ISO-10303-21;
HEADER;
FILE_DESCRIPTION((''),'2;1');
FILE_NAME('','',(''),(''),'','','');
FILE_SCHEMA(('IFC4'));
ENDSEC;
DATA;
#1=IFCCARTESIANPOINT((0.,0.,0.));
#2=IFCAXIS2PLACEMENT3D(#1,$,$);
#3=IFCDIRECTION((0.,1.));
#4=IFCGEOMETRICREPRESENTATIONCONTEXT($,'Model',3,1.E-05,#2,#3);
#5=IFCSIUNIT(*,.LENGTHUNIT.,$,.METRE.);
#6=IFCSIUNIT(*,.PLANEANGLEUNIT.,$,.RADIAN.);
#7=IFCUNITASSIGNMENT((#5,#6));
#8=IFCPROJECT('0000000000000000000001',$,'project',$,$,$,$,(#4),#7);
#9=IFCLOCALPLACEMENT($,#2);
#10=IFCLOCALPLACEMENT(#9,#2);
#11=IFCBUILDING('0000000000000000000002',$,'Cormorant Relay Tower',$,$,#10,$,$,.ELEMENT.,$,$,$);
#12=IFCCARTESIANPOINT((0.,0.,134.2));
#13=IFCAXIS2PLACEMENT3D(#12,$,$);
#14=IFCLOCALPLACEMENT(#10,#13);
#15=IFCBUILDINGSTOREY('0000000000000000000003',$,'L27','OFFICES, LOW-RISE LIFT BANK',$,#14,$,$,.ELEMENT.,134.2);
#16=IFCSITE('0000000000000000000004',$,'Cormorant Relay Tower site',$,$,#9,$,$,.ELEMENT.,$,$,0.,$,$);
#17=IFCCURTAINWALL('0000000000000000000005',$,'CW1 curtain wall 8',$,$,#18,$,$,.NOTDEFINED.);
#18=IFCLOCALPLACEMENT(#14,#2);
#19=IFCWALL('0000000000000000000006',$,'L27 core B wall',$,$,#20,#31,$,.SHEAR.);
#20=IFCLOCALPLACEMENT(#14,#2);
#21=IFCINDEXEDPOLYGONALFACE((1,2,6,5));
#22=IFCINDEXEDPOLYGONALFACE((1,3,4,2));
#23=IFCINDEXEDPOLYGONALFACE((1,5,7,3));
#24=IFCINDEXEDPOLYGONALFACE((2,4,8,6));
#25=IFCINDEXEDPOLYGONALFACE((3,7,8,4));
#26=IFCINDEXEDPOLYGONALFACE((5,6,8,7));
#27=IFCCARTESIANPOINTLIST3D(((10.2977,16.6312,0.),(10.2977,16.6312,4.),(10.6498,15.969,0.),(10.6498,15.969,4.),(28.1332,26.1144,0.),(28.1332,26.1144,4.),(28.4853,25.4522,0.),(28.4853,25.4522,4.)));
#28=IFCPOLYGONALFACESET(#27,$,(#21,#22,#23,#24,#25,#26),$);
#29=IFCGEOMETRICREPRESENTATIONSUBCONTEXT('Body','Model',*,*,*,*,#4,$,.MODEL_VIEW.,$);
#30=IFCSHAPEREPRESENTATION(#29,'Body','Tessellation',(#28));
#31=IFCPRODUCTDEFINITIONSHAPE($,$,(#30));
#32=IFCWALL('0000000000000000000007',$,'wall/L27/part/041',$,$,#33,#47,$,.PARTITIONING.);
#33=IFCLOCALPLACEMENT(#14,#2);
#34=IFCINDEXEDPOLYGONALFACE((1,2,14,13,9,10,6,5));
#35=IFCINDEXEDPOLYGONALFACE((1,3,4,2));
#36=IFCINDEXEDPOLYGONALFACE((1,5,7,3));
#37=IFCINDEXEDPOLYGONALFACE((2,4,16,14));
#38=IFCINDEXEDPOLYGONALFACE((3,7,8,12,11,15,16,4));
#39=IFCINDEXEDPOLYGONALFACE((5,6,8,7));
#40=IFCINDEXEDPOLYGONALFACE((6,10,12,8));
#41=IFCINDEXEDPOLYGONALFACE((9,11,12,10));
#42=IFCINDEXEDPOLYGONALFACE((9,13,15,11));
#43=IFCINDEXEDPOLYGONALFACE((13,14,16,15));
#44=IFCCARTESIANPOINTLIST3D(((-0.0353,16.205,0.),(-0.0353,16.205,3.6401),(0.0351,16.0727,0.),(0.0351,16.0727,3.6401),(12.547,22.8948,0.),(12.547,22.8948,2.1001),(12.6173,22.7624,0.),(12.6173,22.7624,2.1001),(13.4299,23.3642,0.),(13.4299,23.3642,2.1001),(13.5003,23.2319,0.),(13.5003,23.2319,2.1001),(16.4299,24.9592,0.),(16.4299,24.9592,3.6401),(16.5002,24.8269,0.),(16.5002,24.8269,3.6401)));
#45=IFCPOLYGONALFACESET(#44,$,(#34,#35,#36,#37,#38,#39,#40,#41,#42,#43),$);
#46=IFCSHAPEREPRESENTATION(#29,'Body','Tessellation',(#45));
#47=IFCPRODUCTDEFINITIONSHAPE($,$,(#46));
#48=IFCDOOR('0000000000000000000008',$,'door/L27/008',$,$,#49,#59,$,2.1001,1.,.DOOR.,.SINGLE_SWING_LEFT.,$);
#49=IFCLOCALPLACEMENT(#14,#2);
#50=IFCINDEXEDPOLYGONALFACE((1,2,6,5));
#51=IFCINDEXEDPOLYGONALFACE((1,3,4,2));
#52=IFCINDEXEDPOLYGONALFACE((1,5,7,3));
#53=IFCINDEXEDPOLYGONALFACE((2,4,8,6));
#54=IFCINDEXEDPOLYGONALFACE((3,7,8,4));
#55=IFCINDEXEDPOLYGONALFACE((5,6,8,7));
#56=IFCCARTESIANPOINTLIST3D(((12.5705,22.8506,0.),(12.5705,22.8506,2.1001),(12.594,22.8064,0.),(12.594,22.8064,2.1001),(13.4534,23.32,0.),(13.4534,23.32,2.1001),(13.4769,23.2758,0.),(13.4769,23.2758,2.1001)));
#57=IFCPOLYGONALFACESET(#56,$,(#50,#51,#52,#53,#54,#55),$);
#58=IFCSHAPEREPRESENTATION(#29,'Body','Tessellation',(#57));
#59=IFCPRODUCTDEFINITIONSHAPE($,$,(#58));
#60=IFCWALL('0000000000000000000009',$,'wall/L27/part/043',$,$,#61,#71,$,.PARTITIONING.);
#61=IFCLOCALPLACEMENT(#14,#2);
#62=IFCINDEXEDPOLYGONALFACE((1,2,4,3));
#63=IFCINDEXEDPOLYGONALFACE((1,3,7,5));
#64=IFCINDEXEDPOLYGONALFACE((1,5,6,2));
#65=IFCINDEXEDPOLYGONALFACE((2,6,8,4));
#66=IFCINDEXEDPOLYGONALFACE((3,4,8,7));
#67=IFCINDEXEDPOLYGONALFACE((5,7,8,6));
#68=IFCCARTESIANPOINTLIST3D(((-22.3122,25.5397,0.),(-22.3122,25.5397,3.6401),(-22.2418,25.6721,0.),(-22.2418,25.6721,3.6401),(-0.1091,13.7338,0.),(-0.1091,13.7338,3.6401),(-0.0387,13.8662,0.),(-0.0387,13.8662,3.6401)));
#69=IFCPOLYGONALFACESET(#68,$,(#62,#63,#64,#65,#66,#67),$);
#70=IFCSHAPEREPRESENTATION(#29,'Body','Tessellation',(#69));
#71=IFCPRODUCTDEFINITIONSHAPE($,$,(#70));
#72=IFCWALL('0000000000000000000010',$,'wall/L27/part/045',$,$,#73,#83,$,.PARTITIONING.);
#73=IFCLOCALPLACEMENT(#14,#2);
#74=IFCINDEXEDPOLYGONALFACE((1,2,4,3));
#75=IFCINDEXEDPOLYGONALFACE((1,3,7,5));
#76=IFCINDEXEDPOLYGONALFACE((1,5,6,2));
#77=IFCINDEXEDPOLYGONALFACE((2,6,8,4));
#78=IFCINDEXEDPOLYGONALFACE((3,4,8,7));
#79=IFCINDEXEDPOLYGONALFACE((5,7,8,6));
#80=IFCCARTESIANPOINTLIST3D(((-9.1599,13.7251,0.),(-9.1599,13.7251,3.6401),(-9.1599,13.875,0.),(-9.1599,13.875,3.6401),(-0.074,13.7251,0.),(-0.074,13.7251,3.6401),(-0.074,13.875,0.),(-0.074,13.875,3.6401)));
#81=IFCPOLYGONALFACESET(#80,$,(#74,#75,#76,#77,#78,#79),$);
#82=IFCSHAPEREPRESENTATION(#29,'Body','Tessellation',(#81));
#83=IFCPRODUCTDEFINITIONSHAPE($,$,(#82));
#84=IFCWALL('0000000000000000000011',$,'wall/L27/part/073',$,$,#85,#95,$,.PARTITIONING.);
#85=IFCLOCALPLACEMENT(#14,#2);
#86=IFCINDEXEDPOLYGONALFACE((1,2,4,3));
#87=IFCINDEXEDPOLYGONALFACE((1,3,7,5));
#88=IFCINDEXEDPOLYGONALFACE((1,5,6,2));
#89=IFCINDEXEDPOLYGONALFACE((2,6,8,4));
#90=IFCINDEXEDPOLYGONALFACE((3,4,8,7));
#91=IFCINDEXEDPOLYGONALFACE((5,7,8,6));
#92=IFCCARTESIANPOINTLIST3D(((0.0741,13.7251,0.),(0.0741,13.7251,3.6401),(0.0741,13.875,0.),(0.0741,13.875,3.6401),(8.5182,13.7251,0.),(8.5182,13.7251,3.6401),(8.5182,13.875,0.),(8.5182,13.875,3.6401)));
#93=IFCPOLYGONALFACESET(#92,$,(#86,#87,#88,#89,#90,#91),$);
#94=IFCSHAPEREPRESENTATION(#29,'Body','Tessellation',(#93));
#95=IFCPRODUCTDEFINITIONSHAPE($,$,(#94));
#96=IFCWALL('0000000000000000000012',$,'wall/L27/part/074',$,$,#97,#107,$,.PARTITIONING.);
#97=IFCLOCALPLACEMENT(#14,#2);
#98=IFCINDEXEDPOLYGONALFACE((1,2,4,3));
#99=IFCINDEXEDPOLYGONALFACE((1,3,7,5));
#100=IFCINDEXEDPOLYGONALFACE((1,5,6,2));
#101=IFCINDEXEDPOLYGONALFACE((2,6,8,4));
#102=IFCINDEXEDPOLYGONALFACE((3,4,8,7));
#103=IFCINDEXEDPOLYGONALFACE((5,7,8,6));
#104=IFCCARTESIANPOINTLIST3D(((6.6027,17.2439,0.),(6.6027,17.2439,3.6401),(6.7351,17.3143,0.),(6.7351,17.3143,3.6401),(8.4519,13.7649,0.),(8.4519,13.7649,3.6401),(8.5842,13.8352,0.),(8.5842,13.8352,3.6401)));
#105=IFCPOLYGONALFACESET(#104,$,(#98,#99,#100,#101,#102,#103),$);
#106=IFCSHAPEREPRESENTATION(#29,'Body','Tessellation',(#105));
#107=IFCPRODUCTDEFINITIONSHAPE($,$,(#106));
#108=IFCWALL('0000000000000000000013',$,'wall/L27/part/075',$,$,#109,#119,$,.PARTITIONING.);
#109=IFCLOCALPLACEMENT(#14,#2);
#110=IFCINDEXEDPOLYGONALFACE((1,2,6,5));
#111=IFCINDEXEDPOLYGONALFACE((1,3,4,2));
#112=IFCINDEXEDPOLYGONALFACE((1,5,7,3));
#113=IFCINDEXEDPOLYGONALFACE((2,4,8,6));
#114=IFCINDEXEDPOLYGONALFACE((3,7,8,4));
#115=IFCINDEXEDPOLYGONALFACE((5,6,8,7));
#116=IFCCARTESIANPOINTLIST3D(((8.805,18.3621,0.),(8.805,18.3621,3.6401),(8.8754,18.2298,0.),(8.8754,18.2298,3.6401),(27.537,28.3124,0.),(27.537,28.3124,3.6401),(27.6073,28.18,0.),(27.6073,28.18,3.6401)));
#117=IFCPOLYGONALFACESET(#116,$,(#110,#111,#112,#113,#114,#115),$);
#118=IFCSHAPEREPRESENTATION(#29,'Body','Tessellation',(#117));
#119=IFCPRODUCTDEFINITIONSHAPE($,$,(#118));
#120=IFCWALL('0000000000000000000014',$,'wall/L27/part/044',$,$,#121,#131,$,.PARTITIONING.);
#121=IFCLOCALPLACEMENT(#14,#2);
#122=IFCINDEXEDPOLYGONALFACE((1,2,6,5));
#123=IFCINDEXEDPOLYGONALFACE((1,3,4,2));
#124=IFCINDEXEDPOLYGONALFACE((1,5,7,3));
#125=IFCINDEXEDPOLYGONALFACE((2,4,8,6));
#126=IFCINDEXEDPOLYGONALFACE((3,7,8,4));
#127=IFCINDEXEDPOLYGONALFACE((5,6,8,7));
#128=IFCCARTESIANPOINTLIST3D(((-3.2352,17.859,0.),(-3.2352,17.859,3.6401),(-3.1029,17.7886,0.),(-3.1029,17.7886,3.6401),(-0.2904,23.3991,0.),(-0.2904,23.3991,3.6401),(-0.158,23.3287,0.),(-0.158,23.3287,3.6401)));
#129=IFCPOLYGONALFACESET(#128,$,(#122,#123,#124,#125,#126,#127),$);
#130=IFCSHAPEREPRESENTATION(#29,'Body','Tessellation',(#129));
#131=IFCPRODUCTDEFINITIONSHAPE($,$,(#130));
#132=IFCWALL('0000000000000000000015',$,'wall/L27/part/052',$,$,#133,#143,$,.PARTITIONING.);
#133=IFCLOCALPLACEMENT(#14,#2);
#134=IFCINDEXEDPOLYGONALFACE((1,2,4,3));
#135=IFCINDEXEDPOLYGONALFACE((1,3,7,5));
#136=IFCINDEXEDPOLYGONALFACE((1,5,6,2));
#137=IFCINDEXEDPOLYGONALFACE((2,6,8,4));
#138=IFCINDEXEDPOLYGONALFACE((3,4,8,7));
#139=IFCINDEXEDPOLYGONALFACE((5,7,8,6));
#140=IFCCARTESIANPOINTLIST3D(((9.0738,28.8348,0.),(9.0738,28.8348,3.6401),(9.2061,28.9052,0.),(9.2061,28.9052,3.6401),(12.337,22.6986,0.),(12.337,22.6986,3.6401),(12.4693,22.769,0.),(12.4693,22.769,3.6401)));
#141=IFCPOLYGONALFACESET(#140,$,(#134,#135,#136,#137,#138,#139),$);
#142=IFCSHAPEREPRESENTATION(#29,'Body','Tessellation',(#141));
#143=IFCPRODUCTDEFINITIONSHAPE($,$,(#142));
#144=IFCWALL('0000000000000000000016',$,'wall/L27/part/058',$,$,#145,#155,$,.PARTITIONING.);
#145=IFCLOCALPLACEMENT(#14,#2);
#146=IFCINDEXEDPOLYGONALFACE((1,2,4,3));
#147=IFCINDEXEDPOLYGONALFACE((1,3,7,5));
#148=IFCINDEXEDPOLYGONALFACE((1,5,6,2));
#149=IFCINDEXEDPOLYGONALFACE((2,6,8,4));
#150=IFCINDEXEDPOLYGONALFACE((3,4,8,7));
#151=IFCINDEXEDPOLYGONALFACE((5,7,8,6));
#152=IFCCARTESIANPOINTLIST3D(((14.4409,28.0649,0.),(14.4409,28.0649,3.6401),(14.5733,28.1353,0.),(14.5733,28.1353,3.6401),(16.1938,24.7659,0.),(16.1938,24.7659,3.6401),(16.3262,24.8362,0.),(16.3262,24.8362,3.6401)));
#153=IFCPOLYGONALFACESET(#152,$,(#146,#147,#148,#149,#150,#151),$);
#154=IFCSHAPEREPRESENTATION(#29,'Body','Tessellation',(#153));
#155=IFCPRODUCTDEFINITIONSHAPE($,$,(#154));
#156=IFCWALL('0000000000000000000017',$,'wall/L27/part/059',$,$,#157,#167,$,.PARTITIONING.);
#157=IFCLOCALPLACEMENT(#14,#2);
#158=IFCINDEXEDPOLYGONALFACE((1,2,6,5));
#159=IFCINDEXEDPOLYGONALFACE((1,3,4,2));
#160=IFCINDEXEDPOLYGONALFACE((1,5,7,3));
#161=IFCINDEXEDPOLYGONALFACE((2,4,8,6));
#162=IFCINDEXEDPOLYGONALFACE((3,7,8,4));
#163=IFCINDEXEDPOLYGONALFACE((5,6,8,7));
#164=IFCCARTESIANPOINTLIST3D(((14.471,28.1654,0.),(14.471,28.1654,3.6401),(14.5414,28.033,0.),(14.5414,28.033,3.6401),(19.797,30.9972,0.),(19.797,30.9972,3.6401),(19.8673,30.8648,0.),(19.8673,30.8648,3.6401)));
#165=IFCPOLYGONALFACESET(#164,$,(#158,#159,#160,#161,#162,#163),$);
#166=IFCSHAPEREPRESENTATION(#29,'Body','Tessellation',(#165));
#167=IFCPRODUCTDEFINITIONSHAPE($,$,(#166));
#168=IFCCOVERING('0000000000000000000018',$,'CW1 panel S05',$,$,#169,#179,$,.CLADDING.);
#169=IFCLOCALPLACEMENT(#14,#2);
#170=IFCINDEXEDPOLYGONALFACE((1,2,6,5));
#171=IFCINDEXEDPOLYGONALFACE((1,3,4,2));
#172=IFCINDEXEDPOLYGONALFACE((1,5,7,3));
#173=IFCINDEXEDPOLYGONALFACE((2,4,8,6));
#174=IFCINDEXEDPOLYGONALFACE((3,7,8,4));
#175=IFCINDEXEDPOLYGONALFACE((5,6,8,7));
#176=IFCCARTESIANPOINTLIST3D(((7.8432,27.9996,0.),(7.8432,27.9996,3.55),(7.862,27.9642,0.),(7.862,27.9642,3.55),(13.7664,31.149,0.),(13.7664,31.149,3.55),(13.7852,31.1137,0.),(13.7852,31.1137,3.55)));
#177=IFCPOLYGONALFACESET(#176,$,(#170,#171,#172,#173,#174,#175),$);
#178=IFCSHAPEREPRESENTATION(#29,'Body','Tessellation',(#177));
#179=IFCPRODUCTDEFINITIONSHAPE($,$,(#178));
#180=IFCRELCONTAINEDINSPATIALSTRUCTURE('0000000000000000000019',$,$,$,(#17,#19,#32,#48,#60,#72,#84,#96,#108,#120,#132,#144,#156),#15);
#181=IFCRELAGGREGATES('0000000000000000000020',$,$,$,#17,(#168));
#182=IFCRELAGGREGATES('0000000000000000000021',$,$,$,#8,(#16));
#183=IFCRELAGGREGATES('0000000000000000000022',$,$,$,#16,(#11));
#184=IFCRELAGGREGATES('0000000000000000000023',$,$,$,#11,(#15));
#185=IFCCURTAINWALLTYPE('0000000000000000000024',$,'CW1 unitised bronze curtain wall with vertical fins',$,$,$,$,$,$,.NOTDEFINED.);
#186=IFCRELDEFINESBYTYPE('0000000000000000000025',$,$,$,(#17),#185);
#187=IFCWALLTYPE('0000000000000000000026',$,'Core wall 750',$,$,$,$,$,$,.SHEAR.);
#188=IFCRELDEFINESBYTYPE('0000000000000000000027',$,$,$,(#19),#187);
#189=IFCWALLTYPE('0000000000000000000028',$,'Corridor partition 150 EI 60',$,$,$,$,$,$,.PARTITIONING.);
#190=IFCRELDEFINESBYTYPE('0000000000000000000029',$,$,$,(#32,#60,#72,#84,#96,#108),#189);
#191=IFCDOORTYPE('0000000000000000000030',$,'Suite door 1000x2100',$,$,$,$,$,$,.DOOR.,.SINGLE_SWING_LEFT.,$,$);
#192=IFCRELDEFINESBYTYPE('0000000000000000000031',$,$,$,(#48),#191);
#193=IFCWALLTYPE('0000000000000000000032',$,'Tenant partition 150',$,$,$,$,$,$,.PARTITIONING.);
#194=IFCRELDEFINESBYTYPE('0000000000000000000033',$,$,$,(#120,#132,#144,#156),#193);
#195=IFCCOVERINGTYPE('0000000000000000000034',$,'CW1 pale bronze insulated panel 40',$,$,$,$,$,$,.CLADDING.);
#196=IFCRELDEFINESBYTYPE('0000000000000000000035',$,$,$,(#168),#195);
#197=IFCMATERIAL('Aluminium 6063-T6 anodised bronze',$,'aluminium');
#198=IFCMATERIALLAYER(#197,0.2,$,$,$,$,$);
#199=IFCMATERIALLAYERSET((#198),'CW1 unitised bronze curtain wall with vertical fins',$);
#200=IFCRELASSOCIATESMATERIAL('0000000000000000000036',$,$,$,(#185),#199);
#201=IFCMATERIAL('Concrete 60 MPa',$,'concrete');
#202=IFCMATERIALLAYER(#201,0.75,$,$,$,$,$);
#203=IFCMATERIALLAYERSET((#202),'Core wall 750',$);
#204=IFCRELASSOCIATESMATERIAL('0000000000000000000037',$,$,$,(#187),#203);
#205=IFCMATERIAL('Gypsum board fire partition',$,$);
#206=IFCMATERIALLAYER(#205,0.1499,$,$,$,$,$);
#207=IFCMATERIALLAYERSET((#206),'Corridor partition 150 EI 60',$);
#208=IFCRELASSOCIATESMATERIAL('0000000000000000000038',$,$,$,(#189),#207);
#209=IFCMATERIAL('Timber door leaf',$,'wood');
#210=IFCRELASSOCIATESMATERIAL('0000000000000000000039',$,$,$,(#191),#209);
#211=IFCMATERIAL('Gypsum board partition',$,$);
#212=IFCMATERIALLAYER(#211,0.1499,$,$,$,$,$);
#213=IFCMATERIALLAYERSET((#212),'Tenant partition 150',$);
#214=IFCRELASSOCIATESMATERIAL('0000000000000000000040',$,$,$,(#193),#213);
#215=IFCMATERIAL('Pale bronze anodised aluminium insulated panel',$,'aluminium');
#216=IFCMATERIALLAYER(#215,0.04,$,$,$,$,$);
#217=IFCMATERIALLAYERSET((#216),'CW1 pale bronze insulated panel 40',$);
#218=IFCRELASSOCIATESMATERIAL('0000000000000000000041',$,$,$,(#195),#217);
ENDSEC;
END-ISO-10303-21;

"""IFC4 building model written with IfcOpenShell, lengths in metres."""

from ifc_helpers import new_model, si_unit, direction, frame, frame_2d, origin, origin_2d, place, context, subcontext, project, spatial, rectangle, extrude, material, layer, layer_set, type_object, element, fill, aggregate, save


model = new_model("IFC4")

# Units and contexts
model_context = context("Model", 3, precision=1e-05, world=origin(), true_north=direction((0.0, 1.0)))
body_context = subcontext(model_context, "Body", "Model", "MODEL_VIEW")
ifc_project = project(units=[si_unit("LENGTHUNIT", "METRE"), si_unit("PLANEANGLEUNIT", "RADIAN")], contexts=[model_context])

# Site, building, storey
site_placement = place(None, origin())
site = spatial("IfcSite", under=ifc_project, at=site_placement, Name="Cormorant Relay Tower site", CompositionType="ELEMENT", RefElevation=0.0)
building_placement = place(site_placement, origin())
building = spatial("IfcBuilding", under=site, at=building_placement, Name="Cormorant Relay Tower", CompositionType="ELEMENT")
storey_placement = place(building_placement, frame((0.0, 0.0, 134.2)))
storey = spatial("IfcBuildingStorey", under=building, at=storey_placement, Name="L27", Description="OFFICES, LOW-RISE LIFT BANK", CompositionType="ELEMENT", Elevation=134.2)

# Curtain wall
ifc_material_1 = material(Name="Aluminium 6063-T6 anodised bronze", Category="aluminium")
ifc_layer_1 = layer(ifc_material_1, 0.2)
ifc_layer_set_1 = layer_set([ifc_layer_1], Name="CW1 unitised bronze curtain wall with vertical fins")
curtain_wall_type = type_object("IfcCurtainWallType", Name="CW1 unitised bronze curtain wall with vertical fins", PredefinedType="NOTDEFINED", material=ifc_layer_set_1)
curtain_wall_1_placement = place(storey_placement, origin())
curtain_wall_1 = element("IfcCurtainWall", 1, at=curtain_wall_1_placement, inside=storey, type_object=curtain_wall_type, Name="CW1 curtain wall 8", PredefinedType="NOTDEFINED")

# Wall
ifc_material_2 = material(Name="Concrete 60 MPa", Category="concrete")
ifc_layer_2 = layer(ifc_material_2, 0.75)
ifc_layer_set_2 = layer_set([ifc_layer_2], Name="Core wall 750")
wall_type_1 = type_object("IfcWallType", Name="Core wall 750", PredefinedType="SHEAR", material=ifc_layer_set_2)
wall_1_placement = place(storey_placement, frame((10.4736, 16.3, 0.0), z_axis=(0.0, 0.0, 1.0), x_axis=(0.88295, 0.469467, 0.0)))
element("IfcWall", 2, at=wall_1_placement, inside=storey, type_object=wall_type_1, Name="L27 core B wall", PredefinedType="SHEAR", context=body_context, shape_type="SweptSolid", body=[
    extrude(rectangle(XDim=20.2, YDim=0.75, at=frame_2d((10.1001, 0.0))), origin(), (0.0, 0.0, 1.0), 4.0),
])

# Wall, opening, door
ifc_material_3 = material(Name="Gypsum board fire partition")
ifc_layer_3 = layer(ifc_material_3, 0.1499)
ifc_layer_set_3 = layer_set([ifc_layer_3], Name="Corridor partition 150 EI 60")
wall_type_2 = type_object("IfcWallType", Name="Corridor partition 150 EI 60", PredefinedType="PARTITIONING", material=ifc_layer_set_3)
wall_2_placement = place(storey_placement, frame((0.0, 16.1389, 0.0), z_axis=(0.0, 0.0, 1.0), x_axis=(0.882959, 0.469451, 0.0)))
wall_2 = element("IfcWall", 3, at=wall_2_placement, inside=storey, type_object=wall_type_2, Name="wall/L27/part/041", PredefinedType="PARTITIONING", context=body_context, shape_type="SweptSolid", body=[
    extrude(rectangle(XDim=18.6477, YDim=0.1499, at=frame_2d((9.3237, 0.0))), origin(), (0.0, 0.0, 1.0), 3.6401),
])
opening_1_placement = place(wall_2_placement, frame((14.25, 0.0, 0.0)))
opening_1 = element("IfcOpeningElement", 4, at=opening_1_placement, cuts=wall_2, PredefinedType="OPENING", context=body_context, shape_type="SweptSolid", body=[
    extrude(rectangle(XDim=1.0, YDim=2.1001, at=frame_2d((0.5, 1.05))), frame((0.0, 0.085, 0.0), z_axis=(0.0, -1.0, 0.0), x_axis=(1.0, 0.0, 0.0)), (0.0, 0.0, 1.0), 0.1699),
])
ifc_material_4 = material(Name="Timber door leaf", Category="wood")
door_type_1 = type_object("IfcDoorType", Name="Suite door 1000x2100", OperationType="SINGLE_SWING_LEFT", PredefinedType="DOOR", material=ifc_material_4)
door_1_placement = place(opening_1_placement, origin())
door_1 = element("IfcDoor", 5, at=door_1_placement, inside=storey, type_object=door_type_1, Name="door/L27/008", OperationType="SINGLE_SWING_LEFT", OverallHeight=2.1001, OverallWidth=1.0, PredefinedType="DOOR", context=body_context, shape_type="SweptSolid", body=[
    extrude(rectangle(XDim=1.0, YDim=2.1001, at=frame_2d((0.5, 1.05))), frame((0.0, 0.0249, 0.0), z_axis=(0.0, -1.0, 0.0), x_axis=(1.0, 0.0, 0.0)), (0.0, 0.0, 1.0), 0.05),
])
fill(opening_1, door_1)

# Walls
wall_3_placement = place(storey_placement, frame((-0.074, 13.8, 0.0), z_axis=(0.0, 0.0, 1.0), x_axis=(-0.882943, 0.469481, 0.0)))
element("IfcWall", 6, at=wall_3_placement, inside=storey, type_object=wall_type_2, Name="wall/L27/part/043", PredefinedType="PARTITIONING", context=body_context, shape_type="SweptSolid", body=[
    extrude(rectangle(XDim=25.1467, YDim=0.1499, at=frame_2d((12.5732, 0.0))), origin(), (0.0, 0.0, 1.0), 3.6401),
])
wall_4_placement = place(storey_placement, frame((-0.074, 13.8, 0.0), z_axis=(0.0, 0.0, 1.0), x_axis=(-1.0, 0.0, 0.0)))
element("IfcWall", 7, at=wall_4_placement, inside=storey, type_object=wall_type_2, Name="wall/L27/part/045", PredefinedType="PARTITIONING", context=body_context, shape_type="SweptSolid", body=[
    extrude(rectangle(XDim=9.0859, YDim=0.1499, at=frame_2d((4.543, 0.0))), origin(), (0.0, 0.0, 1.0), 3.6401),
])
wall_5_placement = place(storey_placement, frame((0.074, 13.8, 0.0), z_axis=(0.0, 0.0, 1.0), x_axis=(1.0, 0.0, 0.0)))
element("IfcWall", 8, at=wall_5_placement, inside=storey, type_object=wall_type_2, Name="wall/L27/part/073", PredefinedType="PARTITIONING", context=body_context, shape_type="SweptSolid", body=[
    extrude(rectangle(XDim=8.4441, YDim=0.1499, at=frame_2d((4.2222, 0.0))), origin(), (0.0, 0.0, 1.0), 3.6401),
])
wall_6_placement = place(storey_placement, frame((8.5181, 13.8, 0.0), z_axis=(0.0, 0.0, 1.0), x_axis=(-0.469333, 0.883021, 0.0)))
element("IfcWall", 9, at=wall_6_placement, inside=storey, type_object=wall_type_2, Name="wall/L27/part/074", PredefinedType="PARTITIONING", context=body_context, shape_type="SweptSolid", body=[
    extrude(rectangle(XDim=3.9399, YDim=0.1499, at=frame_2d((1.97, 0.0))), origin(), (0.0, 0.0, 1.0), 3.6401),
])
wall_7_placement = place(storey_placement, frame((8.8401, 18.2959, 0.0), z_axis=(0.0, 0.0, 1.0), x_axis=(0.883138, 0.469113, 0.0)))
element("IfcWall", 10, at=wall_7_placement, inside=storey, type_object=wall_type_2, Name="wall/L27/part/075", PredefinedType="PARTITIONING", context=body_context, shape_type="SweptSolid", body=[
    extrude(rectangle(XDim=21.2107, YDim=0.1499, at=frame_2d((10.6055, 0.0))), origin(), (0.0, 0.0, 1.0), 3.6401),
])
ifc_material_5 = material(Name="Gypsum board partition")
ifc_layer_4 = layer(ifc_material_5, 0.1499)
ifc_layer_set_4 = layer_set([ifc_layer_4], Name="Tenant partition 150")
wall_type_3 = type_object("IfcWallType", Name="Tenant partition 150", PredefinedType="PARTITIONING", material=ifc_layer_set_4)
wall_8_placement = place(storey_placement, frame((-0.2241, 23.364, 0.0), z_axis=(0.0, 0.0, 1.0), x_axis=(-0.469364, -0.883005, 0.0)))
element("IfcWall", 11, at=wall_8_placement, inside=storey, type_object=wall_type_3, Name="wall/L27/part/044", PredefinedType="PARTITIONING", context=body_context, shape_type="SweptSolid", body=[
    extrude(rectangle(XDim=6.2742, YDim=0.1499, at=frame_2d((3.1372, 0.0))), origin(), (0.0, 0.0, 1.0), 3.6401),
])
wall_9_placement = place(storey_placement, frame((9.1399, 28.8701, 0.0), z_axis=(0.0, 0.0, 1.0), x_axis=(0.469527, -0.882918, 0.0)))
element("IfcWall", 12, at=wall_9_placement, inside=storey, type_object=wall_type_3, Name="wall/L27/part/052", PredefinedType="PARTITIONING", context=body_context, shape_type="SweptSolid", body=[
    extrude(rectangle(XDim=6.95, YDim=0.1499, at=frame_2d((3.4751, 0.0))), origin(), (0.0, 0.0, 1.0), 3.6401),
])
wall_10_placement = place(storey_placement, frame((14.5071, 28.1001, 0.0), z_axis=(0.0, 0.0, 1.0), x_axis=(0.469217, -0.883083, 0.0)))
element("IfcWall", 13, at=wall_10_placement, inside=storey, type_object=wall_type_3, Name="wall/L27/part/058", PredefinedType="PARTITIONING", context=body_context, shape_type="SweptSolid", body=[
    extrude(rectangle(XDim=3.7358, YDim=0.1499, at=frame_2d((1.8679, 0.0))), origin(), (0.0, 0.0, 1.0), 3.6401),
])
wall_11_placement = place(storey_placement, frame((14.5061, 28.0991, 0.0), z_axis=(0.0, 0.0, 1.0), x_axis=(0.882952, 0.469464, 0.0)))
element("IfcWall", 14, at=wall_11_placement, inside=storey, type_object=wall_type_3, Name="wall/L27/part/059", PredefinedType="PARTITIONING", context=body_context, shape_type="SweptSolid", body=[
    extrude(rectangle(XDim=6.032, YDim=0.1499, at=frame_2d((3.0161, 0.0))), origin(), (0.0, 0.0, 1.0), 3.6401),
])

# Covering
ifc_material_6 = material(Name="Pale bronze anodised aluminium insulated panel", Category="aluminium")
ifc_layer_5 = layer(ifc_material_6, 0.04)
ifc_layer_set_5 = layer_set([ifc_layer_5], Name="CW1 pale bronze insulated panel 40")
covering_type = type_object("IfcCoveringType", Name="CW1 pale bronze insulated panel 40", PredefinedType="CLADDING", material=ifc_layer_set_5)
covering_1_placement = place(storey_placement, frame((10.8142, 29.5566, 0.0), z_axis=(0.0, 0.0, 1.0), x_axis=(-0.882948, -0.469472, 0.0)))
covering_1 = element("IfcCovering", 15, at=covering_1_placement, type_object=covering_type, Name="CW1 panel S05", PredefinedType="CLADDING", context=body_context, shape_type="SweptSolid", body=[
    extrude(rectangle(XDim=6.7085, YDim=0.04, at=origin_2d()), origin(), (0.0, 0.0, 1.0), 3.55),
])
aggregate(curtain_wall_1, [covering_1])

save(model, "model.ifc")
